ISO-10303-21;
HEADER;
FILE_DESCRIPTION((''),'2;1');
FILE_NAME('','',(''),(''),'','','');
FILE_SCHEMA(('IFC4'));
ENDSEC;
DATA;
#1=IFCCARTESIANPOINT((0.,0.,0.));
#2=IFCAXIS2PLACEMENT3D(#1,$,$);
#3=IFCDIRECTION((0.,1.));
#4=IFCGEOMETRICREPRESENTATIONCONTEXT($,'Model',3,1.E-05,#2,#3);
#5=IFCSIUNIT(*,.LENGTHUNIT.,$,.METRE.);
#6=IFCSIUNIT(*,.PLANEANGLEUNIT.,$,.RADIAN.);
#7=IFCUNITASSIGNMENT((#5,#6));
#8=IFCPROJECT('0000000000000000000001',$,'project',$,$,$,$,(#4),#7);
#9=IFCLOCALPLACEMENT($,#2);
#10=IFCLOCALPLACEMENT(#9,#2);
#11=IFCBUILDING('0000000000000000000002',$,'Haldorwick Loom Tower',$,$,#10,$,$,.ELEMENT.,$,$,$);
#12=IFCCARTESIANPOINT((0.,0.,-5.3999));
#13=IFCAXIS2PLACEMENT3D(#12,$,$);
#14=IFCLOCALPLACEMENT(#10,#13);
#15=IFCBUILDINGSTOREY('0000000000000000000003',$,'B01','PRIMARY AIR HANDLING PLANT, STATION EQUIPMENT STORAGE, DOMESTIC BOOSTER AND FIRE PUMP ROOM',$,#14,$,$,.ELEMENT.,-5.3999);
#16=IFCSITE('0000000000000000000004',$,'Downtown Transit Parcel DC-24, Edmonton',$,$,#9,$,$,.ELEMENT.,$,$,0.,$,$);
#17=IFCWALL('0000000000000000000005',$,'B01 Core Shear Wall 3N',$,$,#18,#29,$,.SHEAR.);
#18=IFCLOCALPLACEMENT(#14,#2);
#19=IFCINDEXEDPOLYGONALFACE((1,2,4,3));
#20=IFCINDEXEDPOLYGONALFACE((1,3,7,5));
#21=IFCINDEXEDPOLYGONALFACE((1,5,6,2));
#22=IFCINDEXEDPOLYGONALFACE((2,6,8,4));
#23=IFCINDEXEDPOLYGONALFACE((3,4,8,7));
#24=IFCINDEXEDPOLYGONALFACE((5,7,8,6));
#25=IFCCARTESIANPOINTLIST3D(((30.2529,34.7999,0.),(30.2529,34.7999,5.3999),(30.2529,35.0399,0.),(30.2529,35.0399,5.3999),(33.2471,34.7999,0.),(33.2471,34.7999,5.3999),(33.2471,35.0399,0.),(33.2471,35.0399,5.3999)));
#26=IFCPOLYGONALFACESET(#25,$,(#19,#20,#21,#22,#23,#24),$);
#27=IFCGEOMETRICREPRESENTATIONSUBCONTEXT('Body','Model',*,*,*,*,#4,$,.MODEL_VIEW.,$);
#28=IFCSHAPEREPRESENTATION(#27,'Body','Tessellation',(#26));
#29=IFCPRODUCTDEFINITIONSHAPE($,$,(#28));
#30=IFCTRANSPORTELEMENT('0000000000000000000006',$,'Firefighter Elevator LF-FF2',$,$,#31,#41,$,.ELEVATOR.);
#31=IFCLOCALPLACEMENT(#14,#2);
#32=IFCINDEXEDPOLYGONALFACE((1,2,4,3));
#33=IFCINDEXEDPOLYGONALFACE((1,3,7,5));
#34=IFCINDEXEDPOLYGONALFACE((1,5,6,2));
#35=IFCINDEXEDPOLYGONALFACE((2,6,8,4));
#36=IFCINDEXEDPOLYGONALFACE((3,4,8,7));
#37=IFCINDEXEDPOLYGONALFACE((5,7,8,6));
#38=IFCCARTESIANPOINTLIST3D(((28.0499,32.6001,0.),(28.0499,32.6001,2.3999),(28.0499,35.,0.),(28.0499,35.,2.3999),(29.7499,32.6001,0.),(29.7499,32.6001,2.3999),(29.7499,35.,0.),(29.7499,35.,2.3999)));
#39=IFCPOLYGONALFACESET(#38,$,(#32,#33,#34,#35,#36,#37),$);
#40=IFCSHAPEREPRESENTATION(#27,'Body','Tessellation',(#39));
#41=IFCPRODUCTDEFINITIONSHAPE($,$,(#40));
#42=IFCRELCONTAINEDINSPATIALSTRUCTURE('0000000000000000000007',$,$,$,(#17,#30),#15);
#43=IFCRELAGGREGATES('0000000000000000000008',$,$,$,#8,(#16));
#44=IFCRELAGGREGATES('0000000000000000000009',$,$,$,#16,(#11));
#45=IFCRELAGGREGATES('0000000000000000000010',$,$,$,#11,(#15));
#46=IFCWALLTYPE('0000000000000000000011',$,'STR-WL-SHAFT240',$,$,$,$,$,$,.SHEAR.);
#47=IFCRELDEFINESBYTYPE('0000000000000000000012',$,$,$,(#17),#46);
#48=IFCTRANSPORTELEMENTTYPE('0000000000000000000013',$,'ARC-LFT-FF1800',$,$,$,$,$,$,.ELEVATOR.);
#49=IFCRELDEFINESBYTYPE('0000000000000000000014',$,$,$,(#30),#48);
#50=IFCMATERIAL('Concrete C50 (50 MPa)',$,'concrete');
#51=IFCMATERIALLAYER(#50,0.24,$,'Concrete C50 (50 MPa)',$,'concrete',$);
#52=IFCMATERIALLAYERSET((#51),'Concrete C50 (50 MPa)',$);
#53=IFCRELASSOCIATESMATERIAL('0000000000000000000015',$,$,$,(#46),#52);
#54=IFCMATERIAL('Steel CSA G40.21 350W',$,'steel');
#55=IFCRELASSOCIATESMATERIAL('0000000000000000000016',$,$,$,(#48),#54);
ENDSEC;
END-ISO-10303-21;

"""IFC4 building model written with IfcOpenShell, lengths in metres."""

from ifc_helpers import new_model, si_unit, direction, frame, frame_2d, origin, origin_2d, place, context, subcontext, project, spatial, rectangle, extrude, material, layer, layer_set, type_object, element, save


model = new_model("IFC4")

# Units and contexts
model_context = context("Model", 3, precision=1e-05, world=origin(), true_north=direction((0.0, 1.0)))
body_context = subcontext(model_context, "Body", "Model", "MODEL_VIEW")
ifc_project = project(units=[si_unit("LENGTHUNIT", "METRE"), si_unit("PLANEANGLEUNIT", "RADIAN")], contexts=[model_context])

# Site, building, storey
site_placement = place(None, origin())
site = spatial("IfcSite", under=ifc_project, at=site_placement, Name="Downtown Transit Parcel DC-24, Edmonton", CompositionType="ELEMENT", RefElevation=0.0)
building_placement = place(site_placement, origin())
building = spatial("IfcBuilding", under=site, at=building_placement, Name="Haldorwick Loom Tower", CompositionType="ELEMENT")
storey_placement = place(building_placement, frame((0.0, 0.0, -5.3999)))
storey = spatial("IfcBuildingStorey", under=building, at=storey_placement, Name="B01", Description="PRIMARY AIR HANDLING PLANT, STATION EQUIPMENT STORAGE, DOMESTIC BOOSTER AND FIRE PUMP ROOM", CompositionType="ELEMENT", Elevation=-5.3999)

# Shared definitions
ifc_material_1 = material(Name="Concrete C50 (50 MPa)", Category="concrete")

# Shared definitions
ifc_material_2 = material(Name="Steel CSA G40.21 350W", Category="steel")

# Wall
ifc_layer_1 = layer(ifc_material_1, 0.24, Name="Concrete C50 (50 MPa)", Category="concrete")
ifc_layer_set_1 = layer_set([ifc_layer_1], Name="Concrete C50 (50 MPa)")
wall_type = type_object("IfcWallType", Name="STR-WL-SHAFT240", PredefinedType="SHEAR", material=ifc_layer_set_1)
wall_placement = place(storey_placement, frame((30.2529, 34.9199, 0.0), z_axis=(0.0, 0.0, 1.0), x_axis=(1.0, 0.0, 0.0)))
element("IfcWall", 1, at=wall_placement, inside=storey, type_object=wall_type, Name="B01 Core Shear Wall 3N", PredefinedType="SHEAR", context=body_context, shape_type="SweptSolid", body=[
    extrude(rectangle(XDim=2.9941, YDim=0.24, at=frame_2d((1.4971, 0.0))), origin(), (0.0, 0.0, 1.0), 5.3999),
])

# Transport element
transport_element_type = type_object("IfcTransportElementType", Name="ARC-LFT-FF1800", PredefinedType="ELEVATOR", material=ifc_material_2)
transport_element_placement = place(storey_placement, frame((28.8999, 33.8, 0.0), z_axis=(0.0, 0.0, 1.0), x_axis=(1.0, 0.0, 0.0)))
element("IfcTransportElement", 2, at=transport_element_placement, inside=storey, type_object=transport_element_type, Name="Firefighter Elevator LF-FF2", PredefinedType="ELEVATOR", context=body_context, shape_type="SweptSolid", body=[
    extrude(rectangle(XDim=1.7, YDim=2.3999, at=origin_2d()), origin(), (0.0, 0.0, 1.0), 2.3999),
])

save(model, "model.ifc")
